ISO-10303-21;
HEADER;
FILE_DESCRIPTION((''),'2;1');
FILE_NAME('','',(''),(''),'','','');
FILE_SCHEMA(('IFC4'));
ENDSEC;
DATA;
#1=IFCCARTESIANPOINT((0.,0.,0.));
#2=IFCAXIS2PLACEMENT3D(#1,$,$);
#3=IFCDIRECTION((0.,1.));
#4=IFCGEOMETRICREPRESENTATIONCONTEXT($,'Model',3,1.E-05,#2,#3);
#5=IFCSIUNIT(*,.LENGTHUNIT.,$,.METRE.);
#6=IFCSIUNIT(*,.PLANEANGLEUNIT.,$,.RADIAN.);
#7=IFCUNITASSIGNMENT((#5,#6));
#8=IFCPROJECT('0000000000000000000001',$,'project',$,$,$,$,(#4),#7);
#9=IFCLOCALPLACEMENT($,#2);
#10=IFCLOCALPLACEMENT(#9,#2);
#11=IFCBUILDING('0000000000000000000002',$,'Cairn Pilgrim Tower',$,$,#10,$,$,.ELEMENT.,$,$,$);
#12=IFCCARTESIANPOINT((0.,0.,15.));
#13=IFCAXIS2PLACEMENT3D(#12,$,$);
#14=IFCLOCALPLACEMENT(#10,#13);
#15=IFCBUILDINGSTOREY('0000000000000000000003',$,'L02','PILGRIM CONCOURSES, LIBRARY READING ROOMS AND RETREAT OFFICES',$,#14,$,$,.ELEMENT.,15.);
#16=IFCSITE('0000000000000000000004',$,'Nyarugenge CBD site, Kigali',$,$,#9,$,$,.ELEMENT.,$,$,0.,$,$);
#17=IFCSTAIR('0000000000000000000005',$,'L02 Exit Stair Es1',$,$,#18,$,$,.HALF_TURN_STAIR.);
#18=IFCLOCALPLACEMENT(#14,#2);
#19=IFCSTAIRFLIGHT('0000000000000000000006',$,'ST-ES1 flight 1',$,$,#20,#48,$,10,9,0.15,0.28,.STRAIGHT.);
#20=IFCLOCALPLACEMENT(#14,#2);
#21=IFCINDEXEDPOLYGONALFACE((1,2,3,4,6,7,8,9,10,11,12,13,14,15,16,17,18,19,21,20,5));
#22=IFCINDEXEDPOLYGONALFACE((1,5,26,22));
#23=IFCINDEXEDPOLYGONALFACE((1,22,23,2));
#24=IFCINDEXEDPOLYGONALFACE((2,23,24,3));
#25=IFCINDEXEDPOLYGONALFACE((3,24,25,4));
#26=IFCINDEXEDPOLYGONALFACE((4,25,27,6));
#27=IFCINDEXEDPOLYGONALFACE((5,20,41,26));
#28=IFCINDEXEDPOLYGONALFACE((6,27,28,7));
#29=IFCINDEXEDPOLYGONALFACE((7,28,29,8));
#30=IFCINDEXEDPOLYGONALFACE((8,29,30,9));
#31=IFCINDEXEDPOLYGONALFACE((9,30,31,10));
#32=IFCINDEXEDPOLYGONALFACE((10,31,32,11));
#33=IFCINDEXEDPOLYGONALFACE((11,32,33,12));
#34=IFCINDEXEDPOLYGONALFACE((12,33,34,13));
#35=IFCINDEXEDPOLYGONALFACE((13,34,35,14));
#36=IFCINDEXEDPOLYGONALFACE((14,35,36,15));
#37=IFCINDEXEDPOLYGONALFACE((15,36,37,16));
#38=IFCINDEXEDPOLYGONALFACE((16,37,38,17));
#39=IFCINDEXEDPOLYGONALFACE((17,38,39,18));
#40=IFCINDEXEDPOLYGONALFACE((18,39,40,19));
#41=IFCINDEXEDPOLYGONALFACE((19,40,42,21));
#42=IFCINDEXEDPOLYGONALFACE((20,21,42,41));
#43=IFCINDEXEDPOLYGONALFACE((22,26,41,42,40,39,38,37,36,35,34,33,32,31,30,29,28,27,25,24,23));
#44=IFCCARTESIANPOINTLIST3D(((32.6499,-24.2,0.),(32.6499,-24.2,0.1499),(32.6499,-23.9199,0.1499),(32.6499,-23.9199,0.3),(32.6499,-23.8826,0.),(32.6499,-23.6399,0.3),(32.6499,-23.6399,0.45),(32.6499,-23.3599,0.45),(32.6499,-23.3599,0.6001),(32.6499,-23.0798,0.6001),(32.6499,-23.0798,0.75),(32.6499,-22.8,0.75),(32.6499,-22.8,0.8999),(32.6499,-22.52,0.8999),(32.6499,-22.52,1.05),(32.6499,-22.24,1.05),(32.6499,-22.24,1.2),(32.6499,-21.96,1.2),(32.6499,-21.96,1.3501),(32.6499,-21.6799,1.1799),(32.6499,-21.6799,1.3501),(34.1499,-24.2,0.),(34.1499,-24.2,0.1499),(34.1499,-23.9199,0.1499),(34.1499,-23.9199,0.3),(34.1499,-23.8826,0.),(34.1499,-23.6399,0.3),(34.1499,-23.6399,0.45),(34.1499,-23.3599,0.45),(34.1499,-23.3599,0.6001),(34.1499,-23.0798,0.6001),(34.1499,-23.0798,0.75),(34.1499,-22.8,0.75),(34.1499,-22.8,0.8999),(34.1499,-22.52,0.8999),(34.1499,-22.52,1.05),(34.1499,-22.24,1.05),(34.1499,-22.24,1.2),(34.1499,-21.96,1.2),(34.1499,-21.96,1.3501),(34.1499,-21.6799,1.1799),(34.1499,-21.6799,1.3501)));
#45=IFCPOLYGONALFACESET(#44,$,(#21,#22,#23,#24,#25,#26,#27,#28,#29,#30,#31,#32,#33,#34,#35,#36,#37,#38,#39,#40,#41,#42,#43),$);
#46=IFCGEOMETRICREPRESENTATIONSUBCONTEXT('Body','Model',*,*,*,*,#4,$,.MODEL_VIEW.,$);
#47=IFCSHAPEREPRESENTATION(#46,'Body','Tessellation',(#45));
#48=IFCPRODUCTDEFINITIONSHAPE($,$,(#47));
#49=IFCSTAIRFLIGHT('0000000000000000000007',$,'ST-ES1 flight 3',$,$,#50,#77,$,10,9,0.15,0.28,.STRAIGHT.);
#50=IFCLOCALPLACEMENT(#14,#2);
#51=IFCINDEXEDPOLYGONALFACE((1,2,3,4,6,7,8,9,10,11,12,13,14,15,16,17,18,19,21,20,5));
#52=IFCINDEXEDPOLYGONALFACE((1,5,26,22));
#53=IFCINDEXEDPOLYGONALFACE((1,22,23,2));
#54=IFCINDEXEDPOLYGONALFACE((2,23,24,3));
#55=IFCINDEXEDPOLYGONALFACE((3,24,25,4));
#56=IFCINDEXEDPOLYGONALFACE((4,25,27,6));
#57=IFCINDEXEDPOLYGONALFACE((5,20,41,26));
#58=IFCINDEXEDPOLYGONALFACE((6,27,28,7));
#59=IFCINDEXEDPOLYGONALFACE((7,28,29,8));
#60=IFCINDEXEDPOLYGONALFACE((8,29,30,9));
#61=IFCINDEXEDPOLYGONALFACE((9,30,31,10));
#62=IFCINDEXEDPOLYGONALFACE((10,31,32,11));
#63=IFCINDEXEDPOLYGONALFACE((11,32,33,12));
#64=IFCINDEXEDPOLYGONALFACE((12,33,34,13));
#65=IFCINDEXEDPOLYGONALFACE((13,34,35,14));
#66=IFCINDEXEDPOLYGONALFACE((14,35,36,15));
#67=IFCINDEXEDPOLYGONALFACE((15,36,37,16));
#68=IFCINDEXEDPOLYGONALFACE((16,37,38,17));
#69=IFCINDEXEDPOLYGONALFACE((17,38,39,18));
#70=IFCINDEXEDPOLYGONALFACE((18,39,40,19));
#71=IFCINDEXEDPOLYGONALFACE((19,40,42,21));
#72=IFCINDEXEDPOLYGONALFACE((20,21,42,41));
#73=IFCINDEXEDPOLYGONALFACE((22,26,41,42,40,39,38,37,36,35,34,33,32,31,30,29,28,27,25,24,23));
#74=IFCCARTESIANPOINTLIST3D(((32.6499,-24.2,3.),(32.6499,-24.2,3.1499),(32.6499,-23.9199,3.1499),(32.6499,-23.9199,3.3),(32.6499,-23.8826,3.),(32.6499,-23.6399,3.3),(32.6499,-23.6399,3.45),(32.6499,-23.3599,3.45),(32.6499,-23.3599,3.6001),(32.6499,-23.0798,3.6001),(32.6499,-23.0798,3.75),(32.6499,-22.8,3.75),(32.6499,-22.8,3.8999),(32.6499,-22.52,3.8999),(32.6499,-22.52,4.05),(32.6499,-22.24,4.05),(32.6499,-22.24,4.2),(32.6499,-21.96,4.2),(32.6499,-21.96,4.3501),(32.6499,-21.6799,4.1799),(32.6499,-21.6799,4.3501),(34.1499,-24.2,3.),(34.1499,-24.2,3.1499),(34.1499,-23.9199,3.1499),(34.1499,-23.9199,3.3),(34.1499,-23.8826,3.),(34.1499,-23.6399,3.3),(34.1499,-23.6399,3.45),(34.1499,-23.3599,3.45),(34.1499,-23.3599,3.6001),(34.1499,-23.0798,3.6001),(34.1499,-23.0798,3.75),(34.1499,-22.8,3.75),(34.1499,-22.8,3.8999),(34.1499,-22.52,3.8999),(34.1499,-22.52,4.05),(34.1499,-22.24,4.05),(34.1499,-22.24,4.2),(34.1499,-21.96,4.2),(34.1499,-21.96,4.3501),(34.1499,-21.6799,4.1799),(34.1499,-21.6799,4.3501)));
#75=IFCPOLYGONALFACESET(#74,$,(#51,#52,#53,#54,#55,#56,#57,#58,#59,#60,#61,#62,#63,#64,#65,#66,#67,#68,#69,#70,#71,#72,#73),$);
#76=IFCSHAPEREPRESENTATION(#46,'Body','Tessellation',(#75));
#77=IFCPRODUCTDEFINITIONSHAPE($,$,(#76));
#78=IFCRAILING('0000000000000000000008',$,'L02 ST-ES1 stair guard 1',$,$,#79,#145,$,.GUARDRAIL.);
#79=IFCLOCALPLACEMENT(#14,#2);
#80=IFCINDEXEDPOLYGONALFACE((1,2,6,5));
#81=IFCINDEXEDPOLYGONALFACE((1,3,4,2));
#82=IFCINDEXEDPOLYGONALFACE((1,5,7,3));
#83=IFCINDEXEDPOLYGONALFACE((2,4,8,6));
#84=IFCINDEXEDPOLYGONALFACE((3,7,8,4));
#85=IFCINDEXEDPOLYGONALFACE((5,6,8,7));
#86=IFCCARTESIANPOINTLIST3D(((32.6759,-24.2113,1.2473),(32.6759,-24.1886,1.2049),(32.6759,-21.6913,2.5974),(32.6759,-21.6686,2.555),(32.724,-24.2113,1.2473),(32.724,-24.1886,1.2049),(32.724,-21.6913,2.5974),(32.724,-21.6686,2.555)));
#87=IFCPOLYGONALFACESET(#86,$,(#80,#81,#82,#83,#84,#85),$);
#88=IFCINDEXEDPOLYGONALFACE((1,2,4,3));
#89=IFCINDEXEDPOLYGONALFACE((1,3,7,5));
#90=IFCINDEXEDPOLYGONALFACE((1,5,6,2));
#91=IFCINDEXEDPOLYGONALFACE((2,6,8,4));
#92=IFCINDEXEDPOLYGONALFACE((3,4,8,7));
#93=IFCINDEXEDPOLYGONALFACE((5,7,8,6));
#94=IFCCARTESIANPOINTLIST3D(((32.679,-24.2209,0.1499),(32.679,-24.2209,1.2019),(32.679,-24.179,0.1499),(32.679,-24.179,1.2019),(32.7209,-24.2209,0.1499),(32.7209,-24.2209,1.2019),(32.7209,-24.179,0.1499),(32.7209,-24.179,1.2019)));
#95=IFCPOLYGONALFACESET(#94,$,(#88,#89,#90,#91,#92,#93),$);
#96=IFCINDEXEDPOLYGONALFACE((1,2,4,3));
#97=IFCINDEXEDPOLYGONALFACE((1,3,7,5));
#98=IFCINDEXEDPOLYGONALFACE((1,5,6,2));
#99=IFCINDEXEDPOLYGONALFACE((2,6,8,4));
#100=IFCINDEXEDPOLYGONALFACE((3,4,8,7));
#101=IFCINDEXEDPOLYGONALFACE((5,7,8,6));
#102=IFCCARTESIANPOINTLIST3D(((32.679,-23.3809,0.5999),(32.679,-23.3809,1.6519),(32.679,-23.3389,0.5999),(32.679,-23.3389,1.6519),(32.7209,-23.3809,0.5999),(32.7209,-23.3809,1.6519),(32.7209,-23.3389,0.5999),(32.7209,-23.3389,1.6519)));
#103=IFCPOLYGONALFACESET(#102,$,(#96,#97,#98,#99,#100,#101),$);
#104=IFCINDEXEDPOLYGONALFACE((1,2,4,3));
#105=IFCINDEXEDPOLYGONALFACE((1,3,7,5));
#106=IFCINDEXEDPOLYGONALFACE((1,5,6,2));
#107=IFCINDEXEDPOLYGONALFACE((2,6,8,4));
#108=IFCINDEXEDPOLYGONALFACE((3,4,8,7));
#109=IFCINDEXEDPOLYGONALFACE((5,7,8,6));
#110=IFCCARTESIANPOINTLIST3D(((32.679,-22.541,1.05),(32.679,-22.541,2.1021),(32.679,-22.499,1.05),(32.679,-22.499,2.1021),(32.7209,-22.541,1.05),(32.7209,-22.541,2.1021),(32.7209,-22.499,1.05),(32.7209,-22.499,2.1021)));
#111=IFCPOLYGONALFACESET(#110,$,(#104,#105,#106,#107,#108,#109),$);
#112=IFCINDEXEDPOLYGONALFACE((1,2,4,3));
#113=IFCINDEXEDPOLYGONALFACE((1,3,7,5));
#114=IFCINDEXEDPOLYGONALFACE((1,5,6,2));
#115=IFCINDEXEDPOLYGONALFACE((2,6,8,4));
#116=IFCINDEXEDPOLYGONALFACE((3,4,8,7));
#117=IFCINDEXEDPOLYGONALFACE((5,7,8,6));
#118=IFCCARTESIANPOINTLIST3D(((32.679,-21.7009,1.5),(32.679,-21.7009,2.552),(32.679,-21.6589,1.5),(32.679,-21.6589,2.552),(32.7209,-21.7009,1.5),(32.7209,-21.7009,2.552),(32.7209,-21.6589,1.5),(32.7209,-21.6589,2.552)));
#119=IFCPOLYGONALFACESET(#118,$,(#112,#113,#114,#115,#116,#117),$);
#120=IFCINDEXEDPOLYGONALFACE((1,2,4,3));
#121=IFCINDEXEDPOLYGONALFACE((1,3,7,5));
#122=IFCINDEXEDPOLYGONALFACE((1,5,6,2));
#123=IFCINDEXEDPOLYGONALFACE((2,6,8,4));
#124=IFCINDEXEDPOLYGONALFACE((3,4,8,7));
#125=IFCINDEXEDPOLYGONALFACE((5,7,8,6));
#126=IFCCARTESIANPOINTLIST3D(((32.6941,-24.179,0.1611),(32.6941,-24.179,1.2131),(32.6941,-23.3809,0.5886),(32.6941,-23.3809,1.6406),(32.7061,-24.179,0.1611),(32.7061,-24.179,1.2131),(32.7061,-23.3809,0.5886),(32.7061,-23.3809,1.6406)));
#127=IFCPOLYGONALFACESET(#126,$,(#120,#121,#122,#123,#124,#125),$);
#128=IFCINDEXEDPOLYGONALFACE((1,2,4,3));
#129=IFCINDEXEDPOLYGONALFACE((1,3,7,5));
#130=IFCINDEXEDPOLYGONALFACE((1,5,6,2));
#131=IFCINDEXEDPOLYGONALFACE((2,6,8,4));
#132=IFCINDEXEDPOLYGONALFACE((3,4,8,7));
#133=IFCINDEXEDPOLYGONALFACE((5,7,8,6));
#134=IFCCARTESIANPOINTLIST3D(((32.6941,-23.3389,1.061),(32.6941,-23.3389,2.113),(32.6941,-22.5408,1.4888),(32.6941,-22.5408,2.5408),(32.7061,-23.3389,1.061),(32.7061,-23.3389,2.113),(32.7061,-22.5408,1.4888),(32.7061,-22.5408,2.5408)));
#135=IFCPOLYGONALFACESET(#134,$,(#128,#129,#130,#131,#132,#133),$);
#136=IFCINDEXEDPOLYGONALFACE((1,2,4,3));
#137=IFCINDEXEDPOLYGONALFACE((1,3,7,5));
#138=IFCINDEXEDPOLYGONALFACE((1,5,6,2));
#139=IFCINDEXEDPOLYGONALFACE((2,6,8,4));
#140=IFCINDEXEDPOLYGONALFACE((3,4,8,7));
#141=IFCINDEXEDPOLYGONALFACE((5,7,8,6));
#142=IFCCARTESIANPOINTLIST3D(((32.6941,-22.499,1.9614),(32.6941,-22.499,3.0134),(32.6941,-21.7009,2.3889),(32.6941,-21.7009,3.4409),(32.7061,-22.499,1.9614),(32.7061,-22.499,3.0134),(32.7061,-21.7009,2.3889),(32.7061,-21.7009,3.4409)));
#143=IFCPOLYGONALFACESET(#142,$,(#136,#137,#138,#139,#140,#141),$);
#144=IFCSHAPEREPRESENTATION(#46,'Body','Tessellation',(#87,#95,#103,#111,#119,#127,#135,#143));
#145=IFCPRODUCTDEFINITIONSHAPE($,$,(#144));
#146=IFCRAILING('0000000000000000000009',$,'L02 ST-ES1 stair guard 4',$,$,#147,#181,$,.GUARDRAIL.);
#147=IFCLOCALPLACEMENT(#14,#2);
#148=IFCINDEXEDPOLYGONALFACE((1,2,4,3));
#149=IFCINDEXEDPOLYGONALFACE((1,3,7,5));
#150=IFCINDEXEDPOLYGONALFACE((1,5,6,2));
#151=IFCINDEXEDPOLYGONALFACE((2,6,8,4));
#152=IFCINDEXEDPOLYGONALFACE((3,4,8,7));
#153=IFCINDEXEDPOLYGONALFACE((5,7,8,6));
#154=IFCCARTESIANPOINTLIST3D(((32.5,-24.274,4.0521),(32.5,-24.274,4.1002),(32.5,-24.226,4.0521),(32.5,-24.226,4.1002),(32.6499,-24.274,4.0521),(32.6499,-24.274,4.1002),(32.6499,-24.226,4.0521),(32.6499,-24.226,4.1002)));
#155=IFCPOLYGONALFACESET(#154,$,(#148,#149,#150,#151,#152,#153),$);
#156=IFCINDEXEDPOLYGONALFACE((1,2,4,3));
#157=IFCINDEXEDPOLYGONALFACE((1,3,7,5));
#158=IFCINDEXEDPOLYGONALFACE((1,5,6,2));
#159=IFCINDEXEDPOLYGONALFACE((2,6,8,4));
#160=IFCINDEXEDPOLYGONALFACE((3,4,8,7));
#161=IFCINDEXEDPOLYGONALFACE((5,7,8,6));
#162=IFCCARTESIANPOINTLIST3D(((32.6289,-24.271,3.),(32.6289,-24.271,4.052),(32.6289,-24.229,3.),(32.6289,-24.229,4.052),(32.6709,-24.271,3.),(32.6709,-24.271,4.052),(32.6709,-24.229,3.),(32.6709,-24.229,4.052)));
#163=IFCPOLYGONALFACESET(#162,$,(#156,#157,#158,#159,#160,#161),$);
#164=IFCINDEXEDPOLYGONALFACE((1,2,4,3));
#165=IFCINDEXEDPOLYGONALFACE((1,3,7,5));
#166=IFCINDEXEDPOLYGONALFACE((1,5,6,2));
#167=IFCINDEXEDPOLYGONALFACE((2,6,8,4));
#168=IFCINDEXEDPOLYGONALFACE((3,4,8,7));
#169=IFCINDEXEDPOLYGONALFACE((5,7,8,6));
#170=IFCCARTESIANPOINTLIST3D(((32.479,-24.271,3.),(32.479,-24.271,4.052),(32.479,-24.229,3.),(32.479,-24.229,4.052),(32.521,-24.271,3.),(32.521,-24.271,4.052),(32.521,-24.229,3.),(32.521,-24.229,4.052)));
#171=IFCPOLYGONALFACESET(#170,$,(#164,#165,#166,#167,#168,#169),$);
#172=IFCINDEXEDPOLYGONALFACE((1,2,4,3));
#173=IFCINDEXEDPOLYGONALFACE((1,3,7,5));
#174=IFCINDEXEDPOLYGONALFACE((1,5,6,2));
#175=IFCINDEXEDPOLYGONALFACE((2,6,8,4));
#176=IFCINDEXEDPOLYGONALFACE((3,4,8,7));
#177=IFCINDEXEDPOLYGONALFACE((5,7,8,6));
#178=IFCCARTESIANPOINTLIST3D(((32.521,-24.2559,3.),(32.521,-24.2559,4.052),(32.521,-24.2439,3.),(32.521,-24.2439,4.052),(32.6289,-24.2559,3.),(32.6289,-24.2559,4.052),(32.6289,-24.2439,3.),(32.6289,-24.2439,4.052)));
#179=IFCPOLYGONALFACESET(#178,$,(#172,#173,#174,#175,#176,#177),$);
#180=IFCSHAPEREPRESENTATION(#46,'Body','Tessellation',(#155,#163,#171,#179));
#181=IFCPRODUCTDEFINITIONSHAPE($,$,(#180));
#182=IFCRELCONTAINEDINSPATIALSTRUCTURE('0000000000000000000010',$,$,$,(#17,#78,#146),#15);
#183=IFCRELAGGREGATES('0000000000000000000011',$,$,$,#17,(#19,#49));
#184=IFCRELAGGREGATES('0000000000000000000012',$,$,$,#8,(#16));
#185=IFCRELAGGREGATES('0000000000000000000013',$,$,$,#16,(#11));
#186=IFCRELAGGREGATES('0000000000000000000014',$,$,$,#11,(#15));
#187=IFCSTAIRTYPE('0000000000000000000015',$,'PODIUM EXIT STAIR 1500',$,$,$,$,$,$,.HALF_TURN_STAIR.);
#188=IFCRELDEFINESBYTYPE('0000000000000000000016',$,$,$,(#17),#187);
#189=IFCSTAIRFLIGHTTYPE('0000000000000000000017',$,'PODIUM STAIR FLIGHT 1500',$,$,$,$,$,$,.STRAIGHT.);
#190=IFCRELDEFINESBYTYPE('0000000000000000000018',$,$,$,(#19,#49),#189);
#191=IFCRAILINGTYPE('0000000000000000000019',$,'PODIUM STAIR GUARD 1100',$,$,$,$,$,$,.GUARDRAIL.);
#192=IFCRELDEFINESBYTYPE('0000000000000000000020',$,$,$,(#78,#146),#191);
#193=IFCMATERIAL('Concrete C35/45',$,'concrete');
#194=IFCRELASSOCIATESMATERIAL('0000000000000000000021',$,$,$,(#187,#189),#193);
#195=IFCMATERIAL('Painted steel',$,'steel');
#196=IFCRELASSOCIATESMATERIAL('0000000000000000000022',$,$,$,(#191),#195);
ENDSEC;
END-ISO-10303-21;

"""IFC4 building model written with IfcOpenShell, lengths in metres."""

from ifc_helpers import new_model, si_unit, direction, frame, origin, origin_2d, place, context, subcontext, project, spatial, polyline, rectangle, outline, extrude, material, type_object, element, aggregate, save


model = new_model("IFC4")

# Units and contexts
model_context = context("Model", 3, precision=1e-05, world=origin(), true_north=direction((0.0, 1.0)))
body_context = subcontext(model_context, "Body", "Model", "MODEL_VIEW")
ifc_project = project(units=[si_unit("LENGTHUNIT", "METRE"), si_unit("PLANEANGLEUNIT", "RADIAN")], contexts=[model_context])

# Site, building, storey
site_placement = place(None, origin())
site = spatial("IfcSite", under=ifc_project, at=site_placement, Name="Nyarugenge CBD site, Kigali", CompositionType="ELEMENT", RefElevation=0.0)
building_placement = place(site_placement, origin())
building = spatial("IfcBuilding", under=site, at=building_placement, Name="Cairn Pilgrim Tower", CompositionType="ELEMENT")
storey_placement = place(building_placement, frame((0.0, 0.0, 15.0)))
storey = spatial("IfcBuildingStorey", under=building, at=storey_placement, Name="L02", Description="PILGRIM CONCOURSES, LIBRARY READING ROOMS AND RETREAT OFFICES", CompositionType="ELEMENT", Elevation=15.0)

# Shared definitions
ifc_material_1 = material(Name="Concrete C35/45", Category="concrete")

# Stair, stair flights
stair_type = type_object("IfcStairType", Name="PODIUM EXIT STAIR 1500", PredefinedType="HALF_TURN_STAIR", material=ifc_material_1)
stair_placement = place(storey_placement, origin())
stair = element("IfcStair", 1, at=stair_placement, inside=storey, type_object=stair_type, Name="L02 Exit Stair Es1", PredefinedType="HALF_TURN_STAIR")
stair_flight_type = type_object("IfcStairFlightType", Name="PODIUM STAIR FLIGHT 1500", PredefinedType="STRAIGHT", material=ifc_material_1)
stair_flight_1_placement = place(storey_placement, frame((33.3999, -24.2, 0.0), z_axis=(0.0, 0.0, 1.0), x_axis=(0.0, 1.0, 0.0)))
stair_flight_1 = element("IfcStairFlight", 2, at=stair_flight_1_placement, type_object=stair_flight_type, Name="ST-ES1 flight 1", NumberOfRisers=10, NumberOfTreads=9, PredefinedType="STRAIGHT", RiserHeight=0.15, TreadLength=0.28, context=body_context, shape_type="SweptSolid", body=[
    extrude(outline(polyline([(0.0, 0.0), (0.0, 0.1499), (0.28, 0.1499), (0.28, 0.3), (0.5601, 0.3), (0.5601, 0.45), (0.8401, 0.45), (0.8401, 0.6001), (1.1201, 0.6001), (1.1201, 0.75), (1.3999, 0.75), (1.3999, 0.8999), (1.6799, 0.8999), (1.6799, 1.05), (1.96, 1.05), (1.96, 1.2), (2.24, 1.2), (2.24, 1.3501), (2.52, 1.3501), (2.52, 1.5), (2.52, 1.1799), (0.3174, 0.0), (0.0, 0.0)])), frame((0.0, 0.75, 0.0), z_axis=(0.0, -1.0, 0.0), x_axis=(1.0, 0.0, 0.0)), (0.0, 0.0, 1.0), 1.5),
])
stair_flight_2_placement = place(storey_placement, frame((33.3999, -24.2, 3.0), z_axis=(0.0, 0.0, 1.0), x_axis=(0.0, 1.0, 0.0)))
stair_flight_2 = element("IfcStairFlight", 3, at=stair_flight_2_placement, type_object=stair_flight_type, Name="ST-ES1 flight 3", NumberOfRisers=10, NumberOfTreads=9, PredefinedType="STRAIGHT", RiserHeight=0.15, TreadLength=0.28, context=body_context, shape_type="SweptSolid", body=[
    extrude(outline(polyline([(0.0, 0.0), (0.0, 0.1499), (0.28, 0.1499), (0.28, 0.3), (0.5601, 0.3), (0.5601, 0.45), (0.8401, 0.45), (0.8401, 0.6001), (1.1201, 0.6001), (1.1201, 0.75), (1.3999, 0.75), (1.3999, 0.8999), (1.6799, 0.8999), (1.6799, 1.05), (1.96, 1.05), (1.96, 1.2), (2.24, 1.2), (2.24, 1.3501), (2.52, 1.3501), (2.52, 1.5), (2.52, 1.1799), (0.3174, 0.0), (0.0, 0.0)])), frame((0.0, 0.75, 0.0), z_axis=(0.0, -1.0, 0.0), x_axis=(1.0, 0.0, 0.0)), (0.0, 0.0, 1.0), 1.5),
])
aggregate(stair, [stair_flight_1, stair_flight_2])

# Railings
ifc_material_2 = material(Name="Painted steel", Category="steel")
railing_type_1 = type_object("IfcRailingType", Name="PODIUM STAIR GUARD 1100", PredefinedType="GUARDRAIL", material=ifc_material_2)
railing_1_placement = place(storey_placement, frame((32.7, -24.2, 0.1499)))
element("IfcRailing", 4, at=railing_1_placement, inside=storey, type_object=railing_type_1, Name="L02 ST-ES1 stair guard 1", PredefinedType="GUARDRAIL", context=body_context, shape_type="SweptSolid", body=[
    extrude(rectangle(XDim=0.0481, YDim=0.0481, at=origin_2d()), frame((0.0, 0.0, 1.0762), z_axis=(0.0, 0.881467, 0.472245), x_axis=(-1.0, 0.0, 0.0)), (0.0, 0.0, 1.0), 2.8589),
    extrude(rectangle(XDim=0.042, YDim=0.042, at=origin_2d()), origin(), (0.0, 0.0, 1.0), 1.052),
    extrude(rectangle(XDim=0.042, YDim=0.042, at=origin_2d()), frame((0.0, 0.8401, 0.45)), (0.0, 0.0, 1.0), 1.052),
    extrude(rectangle(XDim=0.042, YDim=0.042, at=origin_2d()), frame((0.0, 1.6799, 0.9001)), (0.0, 0.0, 1.0), 1.052),
    extrude(rectangle(XDim=0.042, YDim=0.042, at=origin_2d()), frame((0.0, 2.52, 1.3501)), (0.0, 0.0, 1.0), 1.052),
    extrude(outline(polyline([(0.021, 0.0112), (0.8191, 0.4387), (0.8191, 1.4907), (0.021, 1.0632), (0.021, 0.0112)])), frame((-0.0059, 0.0, 0.0), z_axis=(1.0, 0.0, 0.0), x_axis=(0.0, 1.0, 0.0)), (0.0, 0.0, 1.0), 0.012),
    extrude(outline(polyline([(0.021, 0.4612), (0.8191, 0.8889), (0.8191, 1.9409), (0.021, 1.5132), (0.021, 0.4612)])), frame((-0.0059, 0.8401, 0.45), z_axis=(1.0, 0.0, 0.0), x_axis=(0.0, 1.0, 0.0)), (0.0, 0.0, 1.0), 0.012),
    extrude(outline(polyline([(0.021, 0.9114), (0.8191, 1.3389), (0.8191, 2.3909), (0.021, 1.9634), (0.021, 0.9114)])), frame((-0.0059, 1.6799, 0.9001), z_axis=(1.0, 0.0, 0.0), x_axis=(0.0, 1.0, 0.0)), (0.0, 0.0, 1.0), 0.012),
])
railing_2_placement = place(storey_placement, frame((32.6499, -24.25, 3.0)))
element("IfcRailing", 5, at=railing_2_placement, inside=storey, type_object=railing_type_1, Name="L02 ST-ES1 stair guard 4", PredefinedType="GUARDRAIL", context=body_context, shape_type="SweptSolid", body=[
    extrude(rectangle(XDim=0.0481, YDim=0.0481, at=origin_2d()), frame((0.0, 0.0, 1.0762), z_axis=(-1.0, 0.0, 0.0), x_axis=(0.0, -1.0, 0.0)), (0.0, 0.0, 1.0), 0.1499),
    extrude(rectangle(XDim=0.042, YDim=0.042, at=origin_2d()), origin(), (0.0, 0.0, 1.0), 1.052),
    extrude(rectangle(XDim=0.042, YDim=0.042, at=origin_2d()), frame((-0.1499, 0.0, 0.0)), (0.0, 0.0, 1.0), 1.052),
    extrude(outline(polyline([(0.021, 0.0), (0.1289, 0.0), (0.1289, 1.052), (0.021, 1.052), (0.021, 0.0)])), frame((0.0, -0.0059, 0.0), z_axis=(0.0, 1.0, 0.0), x_axis=(-1.0, 0.0, 0.0)), (0.0, 0.0, 1.0), 0.012),
])

save(model, "model.ifc")
